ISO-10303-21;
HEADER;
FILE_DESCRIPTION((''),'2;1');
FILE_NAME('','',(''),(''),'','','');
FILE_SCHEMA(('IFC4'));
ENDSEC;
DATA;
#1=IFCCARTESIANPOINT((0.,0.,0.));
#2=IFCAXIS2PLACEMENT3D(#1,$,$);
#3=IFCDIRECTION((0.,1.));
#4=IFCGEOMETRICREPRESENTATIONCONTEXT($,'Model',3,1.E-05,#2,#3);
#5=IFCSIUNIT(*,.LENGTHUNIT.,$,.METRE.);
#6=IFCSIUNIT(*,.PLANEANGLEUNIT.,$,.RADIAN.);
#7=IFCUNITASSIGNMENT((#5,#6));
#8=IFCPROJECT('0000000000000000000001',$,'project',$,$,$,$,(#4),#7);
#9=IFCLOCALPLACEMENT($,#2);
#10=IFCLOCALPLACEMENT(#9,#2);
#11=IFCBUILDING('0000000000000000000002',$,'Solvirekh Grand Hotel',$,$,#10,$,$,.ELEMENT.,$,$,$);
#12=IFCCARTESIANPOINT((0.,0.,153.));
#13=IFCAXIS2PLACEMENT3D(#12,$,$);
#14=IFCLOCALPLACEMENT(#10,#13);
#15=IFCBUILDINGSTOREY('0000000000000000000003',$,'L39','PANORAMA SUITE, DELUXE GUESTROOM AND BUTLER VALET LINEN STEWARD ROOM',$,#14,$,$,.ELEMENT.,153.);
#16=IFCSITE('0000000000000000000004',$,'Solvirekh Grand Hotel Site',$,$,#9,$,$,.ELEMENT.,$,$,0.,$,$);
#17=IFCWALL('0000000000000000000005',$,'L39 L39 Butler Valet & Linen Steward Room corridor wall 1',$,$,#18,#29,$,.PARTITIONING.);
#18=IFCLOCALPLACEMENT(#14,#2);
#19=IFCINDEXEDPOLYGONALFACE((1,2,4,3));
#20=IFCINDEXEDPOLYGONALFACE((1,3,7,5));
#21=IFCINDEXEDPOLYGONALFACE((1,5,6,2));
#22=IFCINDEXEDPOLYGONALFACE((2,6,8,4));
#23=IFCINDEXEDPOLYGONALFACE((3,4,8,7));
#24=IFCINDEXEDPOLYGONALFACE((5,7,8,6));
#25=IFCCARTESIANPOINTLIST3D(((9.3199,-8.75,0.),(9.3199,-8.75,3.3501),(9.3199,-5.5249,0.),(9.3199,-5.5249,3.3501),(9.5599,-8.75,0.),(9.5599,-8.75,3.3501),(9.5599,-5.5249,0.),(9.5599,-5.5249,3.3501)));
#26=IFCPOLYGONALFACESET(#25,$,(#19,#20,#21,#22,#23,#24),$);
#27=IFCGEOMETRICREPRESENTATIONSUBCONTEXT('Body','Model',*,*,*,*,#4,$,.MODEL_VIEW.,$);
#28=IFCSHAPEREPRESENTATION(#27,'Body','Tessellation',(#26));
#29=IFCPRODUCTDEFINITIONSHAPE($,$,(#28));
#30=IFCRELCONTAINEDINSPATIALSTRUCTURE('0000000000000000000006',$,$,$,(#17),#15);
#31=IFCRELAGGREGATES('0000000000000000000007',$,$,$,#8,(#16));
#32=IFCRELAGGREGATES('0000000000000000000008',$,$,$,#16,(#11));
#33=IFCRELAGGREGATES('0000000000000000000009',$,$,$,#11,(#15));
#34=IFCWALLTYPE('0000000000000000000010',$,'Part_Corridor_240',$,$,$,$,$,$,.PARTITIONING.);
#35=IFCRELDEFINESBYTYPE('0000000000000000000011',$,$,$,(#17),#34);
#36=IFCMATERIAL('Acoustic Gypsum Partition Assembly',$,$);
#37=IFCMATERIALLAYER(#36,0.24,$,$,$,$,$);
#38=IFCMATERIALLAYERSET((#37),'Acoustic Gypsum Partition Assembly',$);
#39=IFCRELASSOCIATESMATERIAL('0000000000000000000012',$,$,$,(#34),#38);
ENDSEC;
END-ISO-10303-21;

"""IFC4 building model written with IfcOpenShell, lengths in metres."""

from ifc_helpers import new_model, si_unit, direction, frame, frame_2d, origin, place, context, subcontext, project, spatial, rectangle, extrude, material, layer, layer_set, type_object, element, save


model = new_model("IFC4")

# Units and contexts
model_context = context("Model", 3, precision=1e-05, world=origin(), true_north=direction((0.0, 1.0)))
body_context = subcontext(model_context, "Body", "Model", "MODEL_VIEW")
ifc_project = project(units=[si_unit("LENGTHUNIT", "METRE"), si_unit("PLANEANGLEUNIT", "RADIAN")], contexts=[model_context])

# Site, building, storey
site_placement = place(None, origin())
site = spatial("IfcSite", under=ifc_project, at=site_placement, Name="Solvirekh Grand Hotel Site", CompositionType="ELEMENT", RefElevation=0.0)
building_placement = place(site_placement, origin())
building = spatial("IfcBuilding", under=site, at=building_placement, Name="Solvirekh Grand Hotel", CompositionType="ELEMENT")
storey_placement = place(building_placement, frame((0.0, 0.0, 153.0)))
storey = spatial("IfcBuildingStorey", under=building, at=storey_placement, Name="L39", Description="PANORAMA SUITE, DELUXE GUESTROOM AND BUTLER VALET LINEN STEWARD ROOM", CompositionType="ELEMENT", Elevation=153.0)

# Wall
ifc_material_1 = material(Name="Acoustic Gypsum Partition Assembly")
ifc_layer_1 = layer(ifc_material_1, 0.24)
ifc_layer_set_1 = layer_set([ifc_layer_1], Name="Acoustic Gypsum Partition Assembly")
wall_type_1 = type_object("IfcWallType", Name="Part_Corridor_240", PredefinedType="PARTITIONING", material=ifc_layer_set_1)
wall_1_placement = place(storey_placement, frame((9.4399, -8.75, 0.0), z_axis=(0.0, 0.0, 1.0), x_axis=(0.0, 1.0, 0.0)))
element("IfcWall", 1, at=wall_1_placement, inside=storey, type_object=wall_type_1, Name="L39 L39 Butler Valet & Linen Steward Room corridor wall 1", PredefinedType="PARTITIONING", context=body_context, shape_type="SweptSolid", body=[
    extrude(rectangle(XDim=3.2251, YDim=0.24, at=frame_2d((1.6125, 0.0))), origin(), (0.0, 0.0, 1.0), 3.3501),
])

save(model, "model.ifc")
